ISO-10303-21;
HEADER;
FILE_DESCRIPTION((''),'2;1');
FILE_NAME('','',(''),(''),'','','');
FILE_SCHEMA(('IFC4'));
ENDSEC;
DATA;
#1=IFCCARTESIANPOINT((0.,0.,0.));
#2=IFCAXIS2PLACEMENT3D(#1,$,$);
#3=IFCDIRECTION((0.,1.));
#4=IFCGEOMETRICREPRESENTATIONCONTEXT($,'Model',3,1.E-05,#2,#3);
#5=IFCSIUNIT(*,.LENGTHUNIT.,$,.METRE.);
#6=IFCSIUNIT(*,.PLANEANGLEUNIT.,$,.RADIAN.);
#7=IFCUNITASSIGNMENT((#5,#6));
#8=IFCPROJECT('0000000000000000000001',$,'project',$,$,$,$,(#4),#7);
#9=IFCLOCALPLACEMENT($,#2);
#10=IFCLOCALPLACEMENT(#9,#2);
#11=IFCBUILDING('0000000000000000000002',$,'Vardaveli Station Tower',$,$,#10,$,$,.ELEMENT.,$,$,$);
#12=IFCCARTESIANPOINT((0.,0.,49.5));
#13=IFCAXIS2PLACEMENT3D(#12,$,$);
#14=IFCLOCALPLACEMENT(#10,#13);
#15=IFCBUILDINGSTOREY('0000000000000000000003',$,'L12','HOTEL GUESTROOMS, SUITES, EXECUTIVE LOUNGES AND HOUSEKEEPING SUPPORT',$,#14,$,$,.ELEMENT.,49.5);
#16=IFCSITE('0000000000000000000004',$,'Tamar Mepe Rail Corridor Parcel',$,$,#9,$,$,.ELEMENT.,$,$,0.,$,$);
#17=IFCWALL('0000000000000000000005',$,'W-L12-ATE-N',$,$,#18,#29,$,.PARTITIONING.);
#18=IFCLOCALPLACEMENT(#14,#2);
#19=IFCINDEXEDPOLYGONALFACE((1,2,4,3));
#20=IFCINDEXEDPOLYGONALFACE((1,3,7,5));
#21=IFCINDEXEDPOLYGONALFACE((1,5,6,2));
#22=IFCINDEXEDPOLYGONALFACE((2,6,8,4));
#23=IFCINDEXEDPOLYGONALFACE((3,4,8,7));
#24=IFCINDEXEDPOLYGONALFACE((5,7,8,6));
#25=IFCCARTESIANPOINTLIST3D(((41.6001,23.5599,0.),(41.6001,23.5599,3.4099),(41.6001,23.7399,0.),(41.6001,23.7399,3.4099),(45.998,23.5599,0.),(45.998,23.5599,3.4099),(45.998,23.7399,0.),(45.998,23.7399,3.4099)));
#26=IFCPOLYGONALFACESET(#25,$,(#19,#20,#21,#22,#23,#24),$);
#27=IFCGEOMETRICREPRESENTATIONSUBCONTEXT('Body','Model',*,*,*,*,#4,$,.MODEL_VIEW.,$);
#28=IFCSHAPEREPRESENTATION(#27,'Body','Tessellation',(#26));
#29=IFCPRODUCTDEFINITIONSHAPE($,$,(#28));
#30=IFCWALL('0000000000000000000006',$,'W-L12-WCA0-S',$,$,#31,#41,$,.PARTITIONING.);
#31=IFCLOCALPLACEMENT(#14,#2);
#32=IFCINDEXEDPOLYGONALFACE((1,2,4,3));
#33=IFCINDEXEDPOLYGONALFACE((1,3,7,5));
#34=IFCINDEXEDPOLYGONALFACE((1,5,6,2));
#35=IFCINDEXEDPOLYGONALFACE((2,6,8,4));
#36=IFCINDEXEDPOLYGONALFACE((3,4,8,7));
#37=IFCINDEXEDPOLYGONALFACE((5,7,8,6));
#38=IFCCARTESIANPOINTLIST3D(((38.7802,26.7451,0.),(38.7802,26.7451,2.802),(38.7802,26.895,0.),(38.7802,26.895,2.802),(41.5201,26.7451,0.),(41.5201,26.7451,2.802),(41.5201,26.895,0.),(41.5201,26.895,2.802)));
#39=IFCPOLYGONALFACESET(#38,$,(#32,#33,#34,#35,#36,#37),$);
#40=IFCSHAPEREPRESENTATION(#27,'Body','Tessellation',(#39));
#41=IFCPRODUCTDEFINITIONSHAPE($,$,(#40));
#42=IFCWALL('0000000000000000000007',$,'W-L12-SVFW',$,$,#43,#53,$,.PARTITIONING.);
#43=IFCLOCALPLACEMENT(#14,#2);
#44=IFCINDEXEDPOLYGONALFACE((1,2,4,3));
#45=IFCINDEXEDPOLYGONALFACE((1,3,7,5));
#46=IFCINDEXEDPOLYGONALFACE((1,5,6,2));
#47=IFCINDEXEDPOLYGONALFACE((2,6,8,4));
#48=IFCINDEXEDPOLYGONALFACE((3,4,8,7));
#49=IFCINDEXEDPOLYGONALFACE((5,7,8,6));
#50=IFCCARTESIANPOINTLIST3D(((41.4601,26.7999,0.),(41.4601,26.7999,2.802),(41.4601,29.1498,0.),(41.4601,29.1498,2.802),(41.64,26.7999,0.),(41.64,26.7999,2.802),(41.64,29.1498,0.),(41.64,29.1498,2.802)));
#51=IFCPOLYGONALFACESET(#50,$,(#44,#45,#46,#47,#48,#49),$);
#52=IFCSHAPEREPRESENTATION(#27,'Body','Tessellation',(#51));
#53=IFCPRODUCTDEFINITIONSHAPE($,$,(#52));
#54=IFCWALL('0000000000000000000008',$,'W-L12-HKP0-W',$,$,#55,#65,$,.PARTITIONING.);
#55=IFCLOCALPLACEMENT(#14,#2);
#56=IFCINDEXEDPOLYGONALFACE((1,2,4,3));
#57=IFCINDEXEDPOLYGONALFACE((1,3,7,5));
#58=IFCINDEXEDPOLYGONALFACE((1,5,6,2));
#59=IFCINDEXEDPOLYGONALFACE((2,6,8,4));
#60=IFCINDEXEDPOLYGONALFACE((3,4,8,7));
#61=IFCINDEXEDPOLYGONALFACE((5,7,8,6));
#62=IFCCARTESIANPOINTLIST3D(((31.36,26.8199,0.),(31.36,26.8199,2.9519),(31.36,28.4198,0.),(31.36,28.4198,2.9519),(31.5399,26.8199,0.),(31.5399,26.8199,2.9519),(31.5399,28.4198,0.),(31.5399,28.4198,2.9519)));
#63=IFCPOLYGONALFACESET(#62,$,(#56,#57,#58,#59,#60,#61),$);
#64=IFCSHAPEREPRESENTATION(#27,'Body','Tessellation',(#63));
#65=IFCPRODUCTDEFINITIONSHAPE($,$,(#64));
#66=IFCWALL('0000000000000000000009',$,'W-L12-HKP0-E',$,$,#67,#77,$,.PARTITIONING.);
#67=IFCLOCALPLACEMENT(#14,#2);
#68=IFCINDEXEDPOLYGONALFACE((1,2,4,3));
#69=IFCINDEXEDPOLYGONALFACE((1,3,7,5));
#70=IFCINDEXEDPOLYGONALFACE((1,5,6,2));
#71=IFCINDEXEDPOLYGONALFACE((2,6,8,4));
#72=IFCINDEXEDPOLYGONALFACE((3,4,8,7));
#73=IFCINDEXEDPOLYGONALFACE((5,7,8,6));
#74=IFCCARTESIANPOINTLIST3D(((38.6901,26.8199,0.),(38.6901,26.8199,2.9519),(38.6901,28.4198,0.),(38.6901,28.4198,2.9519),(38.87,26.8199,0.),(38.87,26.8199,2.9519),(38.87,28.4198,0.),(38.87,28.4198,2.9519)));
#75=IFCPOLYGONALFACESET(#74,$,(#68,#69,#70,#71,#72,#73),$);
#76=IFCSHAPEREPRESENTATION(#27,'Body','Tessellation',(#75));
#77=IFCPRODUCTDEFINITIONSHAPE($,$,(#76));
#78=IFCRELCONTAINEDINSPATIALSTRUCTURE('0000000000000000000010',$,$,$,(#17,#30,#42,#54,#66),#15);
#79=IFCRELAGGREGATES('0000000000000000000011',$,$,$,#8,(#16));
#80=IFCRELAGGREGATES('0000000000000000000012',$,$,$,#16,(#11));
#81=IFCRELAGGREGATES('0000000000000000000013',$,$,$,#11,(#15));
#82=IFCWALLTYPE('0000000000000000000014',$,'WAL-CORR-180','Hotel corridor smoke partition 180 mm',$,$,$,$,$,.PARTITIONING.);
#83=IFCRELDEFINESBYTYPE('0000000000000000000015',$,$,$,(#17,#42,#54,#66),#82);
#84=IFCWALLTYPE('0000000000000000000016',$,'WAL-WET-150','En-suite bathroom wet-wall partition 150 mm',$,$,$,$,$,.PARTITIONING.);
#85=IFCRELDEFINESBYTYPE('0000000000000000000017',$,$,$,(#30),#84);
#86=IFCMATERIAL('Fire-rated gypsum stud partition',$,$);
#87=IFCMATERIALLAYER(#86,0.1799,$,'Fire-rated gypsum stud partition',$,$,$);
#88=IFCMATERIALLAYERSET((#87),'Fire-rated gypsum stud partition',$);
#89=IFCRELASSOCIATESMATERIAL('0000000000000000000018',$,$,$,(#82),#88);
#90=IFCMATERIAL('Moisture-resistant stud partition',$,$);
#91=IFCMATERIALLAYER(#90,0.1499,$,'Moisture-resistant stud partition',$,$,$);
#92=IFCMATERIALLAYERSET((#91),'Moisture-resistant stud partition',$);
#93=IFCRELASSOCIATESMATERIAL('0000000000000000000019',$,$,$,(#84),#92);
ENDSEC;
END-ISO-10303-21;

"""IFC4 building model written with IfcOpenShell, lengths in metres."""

from ifc_helpers import new_model, si_unit, direction, frame, frame_2d, origin, place, context, subcontext, project, spatial, rectangle, extrude, source, transform, mapped, material, layer, layer_set, type_object, element, save


model = new_model("IFC4")

# Units and contexts
model_context = context("Model", 3, precision=1e-05, world=origin(), true_north=direction((0.0, 1.0)))
body_context = subcontext(model_context, "Body", "Model", "MODEL_VIEW")
ifc_project = project(units=[si_unit("LENGTHUNIT", "METRE"), si_unit("PLANEANGLEUNIT", "RADIAN")], contexts=[model_context])

# Site, building, storey
site_placement = place(None, origin())
site = spatial("IfcSite", under=ifc_project, at=site_placement, Name="Tamar Mepe Rail Corridor Parcel", CompositionType="ELEMENT", RefElevation=0.0)
building_placement = place(site_placement, origin())
building = spatial("IfcBuilding", under=site, at=building_placement, Name="Vardaveli Station Tower", CompositionType="ELEMENT")
storey_placement = place(building_placement, frame((0.0, 0.0, 49.5)))
storey = spatial("IfcBuildingStorey", under=building, at=storey_placement, Name="L12", Description="HOTEL GUESTROOMS, SUITES, EXECUTIVE LOUNGES AND HOUSEKEEPING SUPPORT", CompositionType="ELEMENT", Elevation=49.5)

# Walls
ifc_material_1 = material(Name="Fire-rated gypsum stud partition")
ifc_layer_1 = layer(ifc_material_1, 0.1799, Name="Fire-rated gypsum stud partition")
ifc_layer_set_1 = layer_set([ifc_layer_1], Name="Fire-rated gypsum stud partition")
wall_type_1 = type_object("IfcWallType", Name="WAL-CORR-180", Description="Hotel corridor smoke partition 180 mm", PredefinedType="PARTITIONING", material=ifc_layer_set_1)
shared_shape_1 = source(origin(), body_context, "Body", "SweptSolid", [
    extrude(rectangle(XDim=4.3979, YDim=0.1799, at=frame_2d((2.199, 0.0))), origin(), (0.0, 0.0, 1.0), 3.4099),
])
wall_1_placement = place(storey_placement, frame((41.6001, 23.6499, 0.0), z_axis=(0.0, 0.0, 1.0), x_axis=(1.0, 0.0, 0.0)))
element("IfcWall", 1, at=wall_1_placement, inside=storey, type_object=wall_type_1, Name="W-L12-ATE-N", PredefinedType="PARTITIONING", context=body_context, shape_type="MappedRepresentation", body=[
    mapped(shared_shape_1, transform((0.0, 0.0, 0.0), scale=1.0)),
])
ifc_material_2 = material(Name="Moisture-resistant stud partition")
ifc_layer_2 = layer(ifc_material_2, 0.1499, Name="Moisture-resistant stud partition")
ifc_layer_set_2 = layer_set([ifc_layer_2], Name="Moisture-resistant stud partition")
wall_type_2 = type_object("IfcWallType", Name="WAL-WET-150", Description="En-suite bathroom wet-wall partition 150 mm", PredefinedType="PARTITIONING", material=ifc_layer_set_2)
shared_shape_2 = source(origin(), body_context, "Body", "SweptSolid", [
    extrude(rectangle(XDim=2.74, YDim=0.1499, at=frame_2d((1.3701, 0.0))), origin(), (0.0, 0.0, 1.0), 2.802),
])
wall_2_placement = place(storey_placement, frame((38.78, 26.8201, 0.0), z_axis=(0.0, 0.0, 1.0), x_axis=(1.0, 0.0, 0.0)))
element("IfcWall", 2, at=wall_2_placement, inside=storey, type_object=wall_type_2, Name="W-L12-WCA0-S", PredefinedType="PARTITIONING", context=body_context, shape_type="MappedRepresentation", body=[
    mapped(shared_shape_2, transform((0.0, 0.0, 0.0), scale=1.0)),
])
shared_shape_3 = source(origin(), body_context, "Body", "SweptSolid", [
    extrude(rectangle(XDim=2.3499, YDim=0.1799, at=frame_2d((1.1748, 0.0))), origin(), (0.0, 0.0, 1.0), 2.802),
])
wall_3_placement = place(storey_placement, frame((41.55, 26.8, 0.0), z_axis=(0.0, 0.0, 1.0), x_axis=(0.0, 1.0, 0.0)))
element("IfcWall", 3, at=wall_3_placement, inside=storey, type_object=wall_type_1, Name="W-L12-SVFW", PredefinedType="PARTITIONING", context=body_context, shape_type="MappedRepresentation", body=[
    mapped(shared_shape_3, transform((0.0, 0.0, 0.0), scale=1.0)),
])
shared_shape_4 = source(origin(), body_context, "Body", "SweptSolid", [
    extrude(rectangle(XDim=1.5999, YDim=0.1799, at=frame_2d((0.7998, 0.0))), origin(), (0.0, 0.0, 1.0), 2.9519),
])
for number, where, z_axis, x_axis, name in (
    (4, (31.45, 26.8201, 0.0), (0.0, 0.0, 1.0), (0.0, 1.0, 0.0), "W-L12-HKP0-W"),
    (5, (38.78, 26.8201, 0.0), (0.0, 0.0, 1.0), (0.0, 1.0, 0.0), "W-L12-HKP0-E"),
):
    element("IfcWall", number, at=place(storey_placement, frame(where, z_axis=z_axis, x_axis=x_axis)), inside=storey, type_object=wall_type_1, Name=name, PredefinedType="PARTITIONING", context=body_context, shape_type="MappedRepresentation", body=[
        mapped(shared_shape_4, transform((0.0, 0.0, 0.0), scale=1.0)),
    ])

save(model, "model.ifc")
